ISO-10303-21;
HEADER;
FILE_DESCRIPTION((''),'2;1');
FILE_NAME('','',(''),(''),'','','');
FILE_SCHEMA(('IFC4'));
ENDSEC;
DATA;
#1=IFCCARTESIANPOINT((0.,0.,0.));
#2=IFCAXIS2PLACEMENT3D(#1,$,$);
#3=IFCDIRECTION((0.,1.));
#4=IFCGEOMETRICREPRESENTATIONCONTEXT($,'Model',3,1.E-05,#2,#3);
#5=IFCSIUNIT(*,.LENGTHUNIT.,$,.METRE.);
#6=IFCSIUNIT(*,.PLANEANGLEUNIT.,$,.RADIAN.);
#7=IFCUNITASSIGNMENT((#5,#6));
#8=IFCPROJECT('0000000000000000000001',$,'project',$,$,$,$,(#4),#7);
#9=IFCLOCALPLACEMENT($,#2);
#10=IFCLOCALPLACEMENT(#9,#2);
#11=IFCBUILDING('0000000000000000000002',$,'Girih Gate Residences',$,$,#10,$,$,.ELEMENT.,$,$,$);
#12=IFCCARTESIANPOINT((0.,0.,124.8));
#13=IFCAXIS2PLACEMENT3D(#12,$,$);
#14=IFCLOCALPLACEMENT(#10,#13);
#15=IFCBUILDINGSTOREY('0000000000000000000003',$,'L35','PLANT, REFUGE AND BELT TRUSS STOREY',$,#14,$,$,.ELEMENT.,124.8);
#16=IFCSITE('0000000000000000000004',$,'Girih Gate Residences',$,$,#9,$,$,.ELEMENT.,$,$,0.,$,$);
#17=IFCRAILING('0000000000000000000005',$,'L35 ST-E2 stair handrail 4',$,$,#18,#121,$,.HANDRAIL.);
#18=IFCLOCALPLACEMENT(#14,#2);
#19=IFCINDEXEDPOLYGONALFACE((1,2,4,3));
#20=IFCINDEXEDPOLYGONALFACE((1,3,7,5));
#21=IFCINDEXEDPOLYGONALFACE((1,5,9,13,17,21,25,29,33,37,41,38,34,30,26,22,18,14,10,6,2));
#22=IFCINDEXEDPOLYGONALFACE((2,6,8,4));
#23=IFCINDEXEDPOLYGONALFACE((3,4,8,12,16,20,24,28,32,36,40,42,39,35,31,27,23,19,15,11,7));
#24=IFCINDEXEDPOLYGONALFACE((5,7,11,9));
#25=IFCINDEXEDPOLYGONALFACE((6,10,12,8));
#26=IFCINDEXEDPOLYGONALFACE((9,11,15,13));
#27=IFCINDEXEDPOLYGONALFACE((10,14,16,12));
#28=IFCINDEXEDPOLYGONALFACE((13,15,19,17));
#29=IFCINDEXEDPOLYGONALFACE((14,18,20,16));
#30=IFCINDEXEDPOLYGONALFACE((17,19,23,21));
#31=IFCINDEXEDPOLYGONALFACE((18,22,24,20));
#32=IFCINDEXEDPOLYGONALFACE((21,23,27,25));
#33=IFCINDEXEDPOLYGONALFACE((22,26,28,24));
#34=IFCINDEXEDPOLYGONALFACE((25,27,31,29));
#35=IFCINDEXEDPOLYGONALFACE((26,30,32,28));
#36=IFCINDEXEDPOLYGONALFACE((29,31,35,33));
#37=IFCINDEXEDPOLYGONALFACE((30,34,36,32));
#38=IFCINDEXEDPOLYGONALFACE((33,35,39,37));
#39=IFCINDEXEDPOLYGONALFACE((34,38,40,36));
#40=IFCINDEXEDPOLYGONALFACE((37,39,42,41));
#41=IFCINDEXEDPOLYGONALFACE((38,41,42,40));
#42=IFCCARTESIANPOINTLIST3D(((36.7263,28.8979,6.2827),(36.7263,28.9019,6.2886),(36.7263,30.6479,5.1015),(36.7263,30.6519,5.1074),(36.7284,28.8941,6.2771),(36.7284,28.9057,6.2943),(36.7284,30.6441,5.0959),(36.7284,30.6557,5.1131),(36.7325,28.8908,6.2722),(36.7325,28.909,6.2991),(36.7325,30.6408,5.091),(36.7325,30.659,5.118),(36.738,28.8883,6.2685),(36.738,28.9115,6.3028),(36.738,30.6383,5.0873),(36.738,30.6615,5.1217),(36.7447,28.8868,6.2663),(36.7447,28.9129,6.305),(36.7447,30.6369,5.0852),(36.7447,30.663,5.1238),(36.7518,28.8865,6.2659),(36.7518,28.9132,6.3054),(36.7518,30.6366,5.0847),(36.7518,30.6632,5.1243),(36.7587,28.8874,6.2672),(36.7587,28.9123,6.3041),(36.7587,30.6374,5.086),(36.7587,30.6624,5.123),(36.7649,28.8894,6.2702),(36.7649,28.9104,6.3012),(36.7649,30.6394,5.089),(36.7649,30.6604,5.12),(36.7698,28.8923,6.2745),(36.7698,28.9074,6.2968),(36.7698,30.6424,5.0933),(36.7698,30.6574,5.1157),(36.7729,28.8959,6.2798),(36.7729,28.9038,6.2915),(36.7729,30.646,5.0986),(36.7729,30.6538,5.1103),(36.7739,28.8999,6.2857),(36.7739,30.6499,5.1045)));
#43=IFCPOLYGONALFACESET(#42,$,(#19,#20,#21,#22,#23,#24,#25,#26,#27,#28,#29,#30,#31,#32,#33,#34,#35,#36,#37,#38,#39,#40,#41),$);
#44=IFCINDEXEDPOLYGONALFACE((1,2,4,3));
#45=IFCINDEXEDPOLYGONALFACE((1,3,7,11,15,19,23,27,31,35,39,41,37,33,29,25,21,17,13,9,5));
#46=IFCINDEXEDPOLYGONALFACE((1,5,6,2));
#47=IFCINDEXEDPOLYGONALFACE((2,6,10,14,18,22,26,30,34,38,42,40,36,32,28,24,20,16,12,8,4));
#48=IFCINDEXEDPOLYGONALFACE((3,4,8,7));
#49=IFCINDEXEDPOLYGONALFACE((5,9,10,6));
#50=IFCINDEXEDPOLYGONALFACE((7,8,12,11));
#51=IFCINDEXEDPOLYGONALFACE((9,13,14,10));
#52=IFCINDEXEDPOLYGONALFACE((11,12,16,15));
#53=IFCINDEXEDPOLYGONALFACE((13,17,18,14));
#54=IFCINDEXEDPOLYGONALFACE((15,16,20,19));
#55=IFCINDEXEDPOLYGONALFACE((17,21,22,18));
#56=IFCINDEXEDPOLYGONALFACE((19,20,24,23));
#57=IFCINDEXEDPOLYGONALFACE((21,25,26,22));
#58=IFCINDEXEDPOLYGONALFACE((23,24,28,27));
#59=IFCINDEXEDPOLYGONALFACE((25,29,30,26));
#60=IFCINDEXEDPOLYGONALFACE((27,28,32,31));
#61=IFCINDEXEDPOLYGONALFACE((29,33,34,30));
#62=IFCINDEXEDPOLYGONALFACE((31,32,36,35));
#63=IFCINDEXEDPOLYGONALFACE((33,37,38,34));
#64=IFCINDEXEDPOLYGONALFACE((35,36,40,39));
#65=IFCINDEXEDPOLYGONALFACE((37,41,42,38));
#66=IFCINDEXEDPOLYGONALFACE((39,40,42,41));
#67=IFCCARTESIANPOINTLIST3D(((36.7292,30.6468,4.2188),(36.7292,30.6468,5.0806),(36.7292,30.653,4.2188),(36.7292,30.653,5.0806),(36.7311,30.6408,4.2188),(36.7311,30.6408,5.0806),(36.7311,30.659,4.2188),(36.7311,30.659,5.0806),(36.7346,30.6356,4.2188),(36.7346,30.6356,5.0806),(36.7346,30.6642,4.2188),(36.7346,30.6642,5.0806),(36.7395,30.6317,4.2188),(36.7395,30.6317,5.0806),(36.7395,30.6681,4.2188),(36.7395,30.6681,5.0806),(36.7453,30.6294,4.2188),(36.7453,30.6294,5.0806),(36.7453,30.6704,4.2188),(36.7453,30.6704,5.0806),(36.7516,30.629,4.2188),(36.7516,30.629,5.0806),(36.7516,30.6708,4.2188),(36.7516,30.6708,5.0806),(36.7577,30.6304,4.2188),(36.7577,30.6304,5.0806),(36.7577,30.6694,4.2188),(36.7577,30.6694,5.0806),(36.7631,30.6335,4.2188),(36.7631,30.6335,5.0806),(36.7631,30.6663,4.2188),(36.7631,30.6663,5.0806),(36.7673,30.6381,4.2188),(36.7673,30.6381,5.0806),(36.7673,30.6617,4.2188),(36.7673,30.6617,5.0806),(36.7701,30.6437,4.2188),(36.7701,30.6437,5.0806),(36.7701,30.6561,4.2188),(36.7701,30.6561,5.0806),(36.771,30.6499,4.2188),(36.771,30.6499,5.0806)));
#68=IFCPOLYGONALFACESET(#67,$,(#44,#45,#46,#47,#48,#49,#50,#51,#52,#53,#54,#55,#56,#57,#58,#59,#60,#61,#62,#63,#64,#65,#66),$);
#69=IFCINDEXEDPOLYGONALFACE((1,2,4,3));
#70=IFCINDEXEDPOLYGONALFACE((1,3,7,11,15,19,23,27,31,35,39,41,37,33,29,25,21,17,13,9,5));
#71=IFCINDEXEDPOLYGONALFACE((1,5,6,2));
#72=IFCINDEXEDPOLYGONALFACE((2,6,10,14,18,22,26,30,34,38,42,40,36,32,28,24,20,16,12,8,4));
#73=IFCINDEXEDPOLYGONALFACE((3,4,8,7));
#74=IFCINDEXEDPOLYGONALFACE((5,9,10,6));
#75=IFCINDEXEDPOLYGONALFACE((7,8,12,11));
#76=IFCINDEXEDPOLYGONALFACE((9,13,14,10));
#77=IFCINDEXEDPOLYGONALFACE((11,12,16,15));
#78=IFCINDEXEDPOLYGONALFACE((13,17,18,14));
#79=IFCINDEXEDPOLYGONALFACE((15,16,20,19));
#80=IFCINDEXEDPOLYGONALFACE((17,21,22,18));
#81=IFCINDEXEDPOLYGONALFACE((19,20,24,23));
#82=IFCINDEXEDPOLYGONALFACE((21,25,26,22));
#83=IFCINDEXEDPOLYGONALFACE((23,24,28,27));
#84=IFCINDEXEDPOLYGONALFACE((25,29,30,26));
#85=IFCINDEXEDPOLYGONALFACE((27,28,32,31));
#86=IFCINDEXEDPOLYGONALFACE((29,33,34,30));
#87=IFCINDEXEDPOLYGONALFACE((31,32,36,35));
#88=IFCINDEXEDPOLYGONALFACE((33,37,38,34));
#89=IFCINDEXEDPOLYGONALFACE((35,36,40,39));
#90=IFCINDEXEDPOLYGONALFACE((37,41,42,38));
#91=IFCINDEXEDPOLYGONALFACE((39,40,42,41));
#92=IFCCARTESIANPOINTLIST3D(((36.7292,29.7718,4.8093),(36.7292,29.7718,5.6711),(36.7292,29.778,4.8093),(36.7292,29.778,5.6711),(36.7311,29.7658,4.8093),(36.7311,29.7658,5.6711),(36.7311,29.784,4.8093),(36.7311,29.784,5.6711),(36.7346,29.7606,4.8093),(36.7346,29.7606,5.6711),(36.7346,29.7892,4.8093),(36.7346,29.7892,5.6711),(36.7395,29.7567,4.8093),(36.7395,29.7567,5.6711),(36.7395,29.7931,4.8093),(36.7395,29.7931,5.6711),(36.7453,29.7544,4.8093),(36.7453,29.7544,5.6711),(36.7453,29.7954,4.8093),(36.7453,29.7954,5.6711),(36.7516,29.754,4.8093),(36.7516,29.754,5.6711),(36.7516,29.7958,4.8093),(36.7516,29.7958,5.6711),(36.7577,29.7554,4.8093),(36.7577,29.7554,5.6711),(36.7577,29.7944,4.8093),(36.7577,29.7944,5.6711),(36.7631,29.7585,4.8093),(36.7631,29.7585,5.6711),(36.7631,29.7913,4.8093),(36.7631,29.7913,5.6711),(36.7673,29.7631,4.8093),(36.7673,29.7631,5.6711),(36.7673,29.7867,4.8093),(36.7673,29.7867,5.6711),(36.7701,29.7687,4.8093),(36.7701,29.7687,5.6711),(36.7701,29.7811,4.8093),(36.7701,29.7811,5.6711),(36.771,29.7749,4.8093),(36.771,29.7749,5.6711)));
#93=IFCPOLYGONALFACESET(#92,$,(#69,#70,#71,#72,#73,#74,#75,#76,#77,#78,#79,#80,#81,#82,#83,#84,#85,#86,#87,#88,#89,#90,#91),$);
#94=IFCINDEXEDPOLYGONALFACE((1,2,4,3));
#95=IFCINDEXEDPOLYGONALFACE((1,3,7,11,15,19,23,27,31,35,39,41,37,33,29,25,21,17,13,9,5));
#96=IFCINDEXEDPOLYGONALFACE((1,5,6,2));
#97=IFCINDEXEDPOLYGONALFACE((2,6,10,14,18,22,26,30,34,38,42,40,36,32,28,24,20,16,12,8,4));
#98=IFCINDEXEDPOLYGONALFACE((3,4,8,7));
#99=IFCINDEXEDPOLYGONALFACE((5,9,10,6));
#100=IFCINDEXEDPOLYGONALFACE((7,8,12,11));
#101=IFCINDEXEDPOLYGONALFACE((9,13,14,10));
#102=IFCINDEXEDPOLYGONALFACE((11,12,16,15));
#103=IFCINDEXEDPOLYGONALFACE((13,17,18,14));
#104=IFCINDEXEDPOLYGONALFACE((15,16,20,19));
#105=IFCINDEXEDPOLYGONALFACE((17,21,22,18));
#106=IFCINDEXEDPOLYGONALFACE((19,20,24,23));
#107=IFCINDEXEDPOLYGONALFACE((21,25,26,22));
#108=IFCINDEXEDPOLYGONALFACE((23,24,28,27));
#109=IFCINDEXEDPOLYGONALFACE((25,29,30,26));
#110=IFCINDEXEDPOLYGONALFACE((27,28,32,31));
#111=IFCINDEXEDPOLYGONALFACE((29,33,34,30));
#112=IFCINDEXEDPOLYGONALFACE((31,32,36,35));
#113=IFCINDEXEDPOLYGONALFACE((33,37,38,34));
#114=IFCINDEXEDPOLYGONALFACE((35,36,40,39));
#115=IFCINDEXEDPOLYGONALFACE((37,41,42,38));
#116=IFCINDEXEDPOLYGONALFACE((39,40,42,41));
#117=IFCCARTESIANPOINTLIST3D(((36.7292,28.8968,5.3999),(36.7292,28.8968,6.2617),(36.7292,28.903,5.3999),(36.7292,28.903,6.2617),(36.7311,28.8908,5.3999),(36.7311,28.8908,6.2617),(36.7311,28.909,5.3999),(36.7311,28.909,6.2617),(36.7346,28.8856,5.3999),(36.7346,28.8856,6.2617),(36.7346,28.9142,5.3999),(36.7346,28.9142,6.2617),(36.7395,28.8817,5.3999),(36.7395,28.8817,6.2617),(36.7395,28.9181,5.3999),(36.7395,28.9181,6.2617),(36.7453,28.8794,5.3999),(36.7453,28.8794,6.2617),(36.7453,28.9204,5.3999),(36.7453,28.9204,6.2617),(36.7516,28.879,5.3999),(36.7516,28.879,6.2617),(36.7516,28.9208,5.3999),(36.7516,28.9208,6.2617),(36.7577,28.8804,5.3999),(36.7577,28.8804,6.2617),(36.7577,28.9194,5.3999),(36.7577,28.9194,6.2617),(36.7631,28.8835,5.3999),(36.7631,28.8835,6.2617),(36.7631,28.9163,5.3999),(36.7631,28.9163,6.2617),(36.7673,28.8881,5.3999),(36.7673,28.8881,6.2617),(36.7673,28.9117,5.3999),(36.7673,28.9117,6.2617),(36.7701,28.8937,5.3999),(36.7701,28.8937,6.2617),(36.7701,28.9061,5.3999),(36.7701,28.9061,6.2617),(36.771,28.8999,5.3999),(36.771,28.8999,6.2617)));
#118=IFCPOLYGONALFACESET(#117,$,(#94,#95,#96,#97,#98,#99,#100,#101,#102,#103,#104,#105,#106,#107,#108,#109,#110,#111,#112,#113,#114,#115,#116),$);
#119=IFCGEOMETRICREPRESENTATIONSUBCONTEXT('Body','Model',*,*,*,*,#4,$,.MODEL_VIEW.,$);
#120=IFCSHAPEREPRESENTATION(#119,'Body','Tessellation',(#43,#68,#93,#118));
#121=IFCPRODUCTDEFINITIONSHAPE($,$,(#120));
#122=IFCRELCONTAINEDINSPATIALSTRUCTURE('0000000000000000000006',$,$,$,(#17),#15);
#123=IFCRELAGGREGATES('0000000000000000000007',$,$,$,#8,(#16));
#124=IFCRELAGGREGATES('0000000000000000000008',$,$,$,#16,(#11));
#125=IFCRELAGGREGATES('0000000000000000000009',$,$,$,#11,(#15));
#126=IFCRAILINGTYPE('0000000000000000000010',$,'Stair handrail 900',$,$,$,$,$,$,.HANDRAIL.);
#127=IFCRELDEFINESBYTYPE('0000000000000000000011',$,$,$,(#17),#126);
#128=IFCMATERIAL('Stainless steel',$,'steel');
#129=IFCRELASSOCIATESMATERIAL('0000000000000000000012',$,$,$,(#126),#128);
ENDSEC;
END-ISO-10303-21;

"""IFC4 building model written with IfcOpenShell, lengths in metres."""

from ifc_helpers import new_model, si_unit, direction, frame, origin, origin_2d, place, context, subcontext, project, spatial, circle, extrude, material, type_object, element, save


model = new_model("IFC4")

# Units and contexts
model_context = context("Model", 3, precision=1e-05, world=origin(), true_north=direction((0.0, 1.0)))
body_context = subcontext(model_context, "Body", "Model", "MODEL_VIEW")
ifc_project = project(units=[si_unit("LENGTHUNIT", "METRE"), si_unit("PLANEANGLEUNIT", "RADIAN")], contexts=[model_context])

# Site, building, storey
site_placement = place(None, origin())
site = spatial("IfcSite", under=ifc_project, at=site_placement, Name="Girih Gate Residences", CompositionType="ELEMENT", RefElevation=0.0)
building_placement = place(site_placement, origin())
building = spatial("IfcBuilding", under=site, at=building_placement, Name="Girih Gate Residences", CompositionType="ELEMENT")
storey_placement = place(building_placement, frame((0.0, 0.0, 124.8)))
storey = spatial("IfcBuildingStorey", under=building, at=storey_placement, Name="L35", Description="PLANT, REFUGE AND BELT TRUSS STOREY", CompositionType="ELEMENT", Elevation=124.8)

# Shared definitions
ifc_material_1 = material(Name="Stainless steel", Category="steel")

# Railing
railing_type_1 = type_object("IfcRailingType", Name="Stair handrail 900", PredefinedType="HANDRAIL", material=ifc_material_1)
railing_1_placement = place(storey_placement, frame((36.75, 30.6499, 4.2188)))
element("IfcRailing", 1, at=railing_1_placement, inside=storey, type_object=railing_type_1, Name="L35 ST-E2 stair handrail 4", PredefinedType="HANDRAIL", context=body_context, shape_type="SweptSolid", body=[
    extrude(circle(Radius=0.0239, at=origin_2d()), frame((0.0, 0.0, 0.8857), z_axis=(0.0, -0.82887, 0.559441), x_axis=(1.0, 0.0, 0.0)), (0.0, 0.0, 1.0), 2.1113),
    extrude(circle(Radius=0.021, at=origin_2d()), origin(), (0.0, 0.0, 1.0), 0.8618),
    extrude(circle(Radius=0.021, at=origin_2d()), frame((0.0, -0.875, 0.5906)), (0.0, 0.0, 1.0), 0.8618),
    extrude(circle(Radius=0.021, at=origin_2d()), frame((0.0, -1.75, 1.1812)), (0.0, 0.0, 1.0), 0.8618),
])

save(model, "model.ifc")
